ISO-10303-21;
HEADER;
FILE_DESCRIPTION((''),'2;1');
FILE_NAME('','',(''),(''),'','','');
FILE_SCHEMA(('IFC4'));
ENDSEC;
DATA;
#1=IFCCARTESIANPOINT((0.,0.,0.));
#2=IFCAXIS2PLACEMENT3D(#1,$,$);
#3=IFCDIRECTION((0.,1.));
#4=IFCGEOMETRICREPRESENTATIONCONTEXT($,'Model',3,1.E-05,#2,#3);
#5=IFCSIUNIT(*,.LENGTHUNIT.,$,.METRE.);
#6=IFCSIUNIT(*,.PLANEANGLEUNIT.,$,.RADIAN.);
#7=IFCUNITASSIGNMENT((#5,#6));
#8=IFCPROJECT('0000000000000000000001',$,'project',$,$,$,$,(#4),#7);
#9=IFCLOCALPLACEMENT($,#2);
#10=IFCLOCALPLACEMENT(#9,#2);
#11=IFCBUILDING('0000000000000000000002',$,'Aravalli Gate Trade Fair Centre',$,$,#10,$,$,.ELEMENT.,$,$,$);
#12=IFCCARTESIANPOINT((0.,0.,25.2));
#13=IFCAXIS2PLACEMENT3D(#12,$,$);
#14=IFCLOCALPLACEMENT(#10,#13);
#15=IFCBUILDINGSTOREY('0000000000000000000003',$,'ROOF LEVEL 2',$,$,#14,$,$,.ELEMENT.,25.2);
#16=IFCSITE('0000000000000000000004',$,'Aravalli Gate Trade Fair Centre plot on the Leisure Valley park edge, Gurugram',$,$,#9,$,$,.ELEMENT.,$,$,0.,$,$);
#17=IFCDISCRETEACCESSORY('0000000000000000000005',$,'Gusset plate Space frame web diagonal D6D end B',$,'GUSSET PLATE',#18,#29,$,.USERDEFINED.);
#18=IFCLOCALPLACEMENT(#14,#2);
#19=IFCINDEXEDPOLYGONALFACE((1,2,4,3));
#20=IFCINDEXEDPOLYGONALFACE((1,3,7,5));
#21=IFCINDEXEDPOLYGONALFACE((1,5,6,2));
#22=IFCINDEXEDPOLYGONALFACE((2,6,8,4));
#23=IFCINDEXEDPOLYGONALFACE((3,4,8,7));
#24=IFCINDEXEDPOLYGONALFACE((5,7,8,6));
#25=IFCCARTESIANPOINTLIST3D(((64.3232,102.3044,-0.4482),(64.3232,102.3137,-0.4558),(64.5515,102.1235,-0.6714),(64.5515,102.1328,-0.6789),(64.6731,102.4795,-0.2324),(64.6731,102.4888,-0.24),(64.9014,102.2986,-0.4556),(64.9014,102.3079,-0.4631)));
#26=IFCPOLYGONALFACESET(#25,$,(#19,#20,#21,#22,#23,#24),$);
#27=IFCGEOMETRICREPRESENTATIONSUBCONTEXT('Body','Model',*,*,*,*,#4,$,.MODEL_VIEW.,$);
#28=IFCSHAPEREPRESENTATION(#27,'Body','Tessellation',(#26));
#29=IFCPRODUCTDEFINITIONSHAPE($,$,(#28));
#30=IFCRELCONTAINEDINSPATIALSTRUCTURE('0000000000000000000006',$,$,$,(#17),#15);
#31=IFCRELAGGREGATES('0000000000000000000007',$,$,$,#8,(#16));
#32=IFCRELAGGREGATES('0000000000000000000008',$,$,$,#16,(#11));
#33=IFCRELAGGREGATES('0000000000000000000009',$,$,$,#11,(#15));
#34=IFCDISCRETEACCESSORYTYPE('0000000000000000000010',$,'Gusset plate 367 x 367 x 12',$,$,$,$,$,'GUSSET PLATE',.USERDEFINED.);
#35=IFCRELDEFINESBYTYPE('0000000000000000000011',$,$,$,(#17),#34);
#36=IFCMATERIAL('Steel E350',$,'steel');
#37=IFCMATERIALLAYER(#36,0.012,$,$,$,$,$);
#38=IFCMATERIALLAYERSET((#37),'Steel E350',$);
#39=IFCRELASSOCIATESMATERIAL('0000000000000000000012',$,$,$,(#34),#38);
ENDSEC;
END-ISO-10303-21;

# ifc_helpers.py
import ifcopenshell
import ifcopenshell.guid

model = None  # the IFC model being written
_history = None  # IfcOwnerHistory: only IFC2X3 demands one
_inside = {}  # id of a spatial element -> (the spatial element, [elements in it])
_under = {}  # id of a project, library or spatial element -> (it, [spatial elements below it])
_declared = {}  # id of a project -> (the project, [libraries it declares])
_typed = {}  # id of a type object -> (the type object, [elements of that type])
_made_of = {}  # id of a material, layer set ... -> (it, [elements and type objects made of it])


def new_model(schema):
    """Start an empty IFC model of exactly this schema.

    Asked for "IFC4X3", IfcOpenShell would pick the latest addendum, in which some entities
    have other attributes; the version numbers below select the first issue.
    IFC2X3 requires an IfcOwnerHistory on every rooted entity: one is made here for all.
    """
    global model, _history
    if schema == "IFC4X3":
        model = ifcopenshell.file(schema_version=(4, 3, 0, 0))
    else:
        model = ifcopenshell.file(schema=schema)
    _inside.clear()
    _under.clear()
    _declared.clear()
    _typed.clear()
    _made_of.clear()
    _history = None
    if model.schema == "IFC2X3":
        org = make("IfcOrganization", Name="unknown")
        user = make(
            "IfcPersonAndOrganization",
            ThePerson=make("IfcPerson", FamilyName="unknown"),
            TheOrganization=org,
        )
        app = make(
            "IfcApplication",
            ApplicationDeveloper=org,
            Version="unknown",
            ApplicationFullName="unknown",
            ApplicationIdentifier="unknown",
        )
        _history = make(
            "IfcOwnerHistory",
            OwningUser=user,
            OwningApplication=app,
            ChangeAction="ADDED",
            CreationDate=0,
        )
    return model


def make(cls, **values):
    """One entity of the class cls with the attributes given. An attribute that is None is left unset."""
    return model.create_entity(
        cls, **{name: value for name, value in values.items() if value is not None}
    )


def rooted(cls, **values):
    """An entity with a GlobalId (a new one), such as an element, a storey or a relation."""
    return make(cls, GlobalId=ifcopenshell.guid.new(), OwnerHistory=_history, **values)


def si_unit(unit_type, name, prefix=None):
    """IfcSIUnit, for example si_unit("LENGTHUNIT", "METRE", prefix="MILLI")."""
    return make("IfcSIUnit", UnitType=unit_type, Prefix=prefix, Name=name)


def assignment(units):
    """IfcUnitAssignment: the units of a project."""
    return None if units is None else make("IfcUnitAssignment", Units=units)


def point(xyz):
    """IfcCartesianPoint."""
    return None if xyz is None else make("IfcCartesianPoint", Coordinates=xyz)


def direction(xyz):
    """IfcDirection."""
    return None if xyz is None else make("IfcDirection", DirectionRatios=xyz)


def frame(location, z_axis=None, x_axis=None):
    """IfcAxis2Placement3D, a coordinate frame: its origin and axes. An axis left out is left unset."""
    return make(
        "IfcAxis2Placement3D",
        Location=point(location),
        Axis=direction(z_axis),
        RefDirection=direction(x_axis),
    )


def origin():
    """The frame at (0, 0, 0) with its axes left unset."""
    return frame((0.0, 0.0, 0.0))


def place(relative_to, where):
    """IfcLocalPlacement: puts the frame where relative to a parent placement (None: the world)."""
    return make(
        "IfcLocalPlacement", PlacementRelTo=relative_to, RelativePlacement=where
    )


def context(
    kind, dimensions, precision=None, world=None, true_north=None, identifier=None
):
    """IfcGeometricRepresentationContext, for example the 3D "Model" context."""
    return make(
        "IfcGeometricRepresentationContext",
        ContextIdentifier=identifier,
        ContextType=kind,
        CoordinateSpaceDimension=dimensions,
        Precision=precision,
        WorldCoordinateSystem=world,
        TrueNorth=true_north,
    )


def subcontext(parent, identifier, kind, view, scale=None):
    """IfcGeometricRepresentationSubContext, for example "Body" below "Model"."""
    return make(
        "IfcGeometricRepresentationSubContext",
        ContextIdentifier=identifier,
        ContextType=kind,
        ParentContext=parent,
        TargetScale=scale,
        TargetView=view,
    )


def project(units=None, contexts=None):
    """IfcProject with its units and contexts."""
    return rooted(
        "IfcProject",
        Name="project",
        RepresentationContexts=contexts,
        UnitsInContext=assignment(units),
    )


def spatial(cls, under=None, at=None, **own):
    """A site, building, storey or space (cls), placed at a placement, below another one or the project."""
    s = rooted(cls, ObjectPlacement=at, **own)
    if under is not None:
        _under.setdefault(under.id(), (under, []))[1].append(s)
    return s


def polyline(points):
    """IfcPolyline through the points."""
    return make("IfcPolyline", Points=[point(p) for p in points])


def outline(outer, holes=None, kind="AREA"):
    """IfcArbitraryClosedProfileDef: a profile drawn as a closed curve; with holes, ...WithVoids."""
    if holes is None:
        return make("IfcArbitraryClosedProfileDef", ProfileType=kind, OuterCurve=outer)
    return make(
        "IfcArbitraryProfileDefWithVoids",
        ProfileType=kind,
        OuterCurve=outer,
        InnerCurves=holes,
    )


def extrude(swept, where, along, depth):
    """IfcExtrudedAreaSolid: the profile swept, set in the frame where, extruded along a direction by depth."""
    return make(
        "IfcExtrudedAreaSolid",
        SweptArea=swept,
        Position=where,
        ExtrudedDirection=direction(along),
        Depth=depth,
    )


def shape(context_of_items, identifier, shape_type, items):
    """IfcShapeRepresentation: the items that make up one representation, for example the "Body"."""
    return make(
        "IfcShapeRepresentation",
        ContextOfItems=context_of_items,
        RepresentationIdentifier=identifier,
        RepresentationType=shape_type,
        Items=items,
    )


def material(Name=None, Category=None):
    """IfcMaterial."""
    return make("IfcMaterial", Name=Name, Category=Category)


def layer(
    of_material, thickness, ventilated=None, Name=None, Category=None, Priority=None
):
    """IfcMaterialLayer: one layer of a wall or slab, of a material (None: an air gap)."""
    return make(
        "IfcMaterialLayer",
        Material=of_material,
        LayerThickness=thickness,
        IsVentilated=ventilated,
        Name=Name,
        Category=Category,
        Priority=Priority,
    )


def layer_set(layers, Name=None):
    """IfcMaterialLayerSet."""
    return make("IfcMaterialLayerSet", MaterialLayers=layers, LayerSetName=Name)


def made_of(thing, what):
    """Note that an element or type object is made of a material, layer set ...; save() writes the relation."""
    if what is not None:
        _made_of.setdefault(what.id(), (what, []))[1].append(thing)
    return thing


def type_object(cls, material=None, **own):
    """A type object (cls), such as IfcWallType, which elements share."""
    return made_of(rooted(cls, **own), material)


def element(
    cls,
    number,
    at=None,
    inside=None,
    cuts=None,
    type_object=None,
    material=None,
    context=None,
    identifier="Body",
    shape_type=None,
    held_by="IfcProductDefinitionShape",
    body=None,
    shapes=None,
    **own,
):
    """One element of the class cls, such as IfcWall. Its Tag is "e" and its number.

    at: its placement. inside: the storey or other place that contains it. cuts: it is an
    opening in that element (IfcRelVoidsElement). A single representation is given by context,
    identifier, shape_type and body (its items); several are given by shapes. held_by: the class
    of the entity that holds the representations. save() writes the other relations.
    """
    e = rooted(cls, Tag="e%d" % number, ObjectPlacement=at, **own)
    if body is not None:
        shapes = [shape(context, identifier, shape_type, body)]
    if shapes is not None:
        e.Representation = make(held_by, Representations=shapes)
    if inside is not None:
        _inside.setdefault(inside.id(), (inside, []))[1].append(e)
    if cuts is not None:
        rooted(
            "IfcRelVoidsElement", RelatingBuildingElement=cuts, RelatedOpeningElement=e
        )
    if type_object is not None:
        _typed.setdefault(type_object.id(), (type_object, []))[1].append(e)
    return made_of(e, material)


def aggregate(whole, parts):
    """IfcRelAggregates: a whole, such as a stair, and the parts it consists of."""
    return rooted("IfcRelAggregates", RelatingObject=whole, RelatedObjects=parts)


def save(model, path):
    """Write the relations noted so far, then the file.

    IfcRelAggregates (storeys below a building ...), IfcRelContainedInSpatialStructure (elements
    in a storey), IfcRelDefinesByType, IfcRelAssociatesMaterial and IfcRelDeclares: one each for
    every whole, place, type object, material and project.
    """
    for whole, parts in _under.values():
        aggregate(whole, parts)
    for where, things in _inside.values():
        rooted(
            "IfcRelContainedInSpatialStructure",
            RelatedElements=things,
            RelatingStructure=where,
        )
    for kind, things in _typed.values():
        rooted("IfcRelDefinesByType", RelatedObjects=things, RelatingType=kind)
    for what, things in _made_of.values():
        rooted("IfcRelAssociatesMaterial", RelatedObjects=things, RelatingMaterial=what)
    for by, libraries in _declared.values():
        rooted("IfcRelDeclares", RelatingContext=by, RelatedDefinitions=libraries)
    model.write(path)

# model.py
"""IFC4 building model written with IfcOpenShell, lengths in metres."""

from ifc_helpers import new_model, si_unit, direction, frame, origin, place, context, subcontext, project, spatial, polyline, outline, extrude, material, layer, layer_set, type_object, element, save


model = new_model("IFC4")

# Units and contexts
model_context = context("Model", 3, precision=1e-05, world=origin(), true_north=direction((0.0, 1.0)))
body_context = subcontext(model_context, "Body", "Model", "MODEL_VIEW")
ifc_project = project(units=[si_unit("LENGTHUNIT", "METRE"), si_unit("PLANEANGLEUNIT", "RADIAN")], contexts=[model_context])

# Site, building, storey
site_placement = place(None, origin())
site = spatial("IfcSite", under=ifc_project, at=site_placement, Name="Aravalli Gate Trade Fair Centre plot on the Leisure Valley park edge, Gurugram", CompositionType="ELEMENT", RefElevation=0.0)
building_placement = place(site_placement, origin())
building = spatial("IfcBuilding", under=site, at=building_placement, Name="Aravalli Gate Trade Fair Centre", CompositionType="ELEMENT")
storey_placement = place(building_placement, frame((0.0, 0.0, 25.2)))
storey = spatial("IfcBuildingStorey", under=building, at=storey_placement, Name="ROOF LEVEL 2", CompositionType="ELEMENT", Elevation=25.2)

# Shared definitions
ifc_material = material(Name="Steel E350", Category="steel")

# Discrete accessory
ifc_layer = layer(ifc_material, 0.012)
ifc_layer_set = layer_set([ifc_layer], Name="Steel E350")
discrete_accessory_type = type_object("IfcDiscreteAccessoryType", Name="Gusset plate 367 x 367 x 12", ElementType="GUSSET PLATE", PredefinedType="USERDEFINED", material=ifc_layer_set)
discrete_accessory_1_placement = place(storey_placement, frame((64.6731, 102.4795, -0.2324), z_axis=(0.000107, -0.776736, 0.629826), x_axis=(-0.783044, -0.391795, -0.48305)))
element("IfcDiscreteAccessory", 1, at=discrete_accessory_1_placement, inside=storey, type_object=discrete_accessory_type, Name="Gusset plate Space frame web diagonal D6D end B", ObjectType="GUSSET PLATE", PredefinedType="USERDEFINED", context=body_context, shape_type="SweptSolid", body=[
    extrude(outline(polyline([(0.0, 0.0), (0.4468, 0.0), (0.4467, 0.3669), (-0.0001, 0.3669), (0.0, 0.0)])), origin(), (0.0, 0.0, -1.0), 0.012),
])

save(model, "model.ifc")
